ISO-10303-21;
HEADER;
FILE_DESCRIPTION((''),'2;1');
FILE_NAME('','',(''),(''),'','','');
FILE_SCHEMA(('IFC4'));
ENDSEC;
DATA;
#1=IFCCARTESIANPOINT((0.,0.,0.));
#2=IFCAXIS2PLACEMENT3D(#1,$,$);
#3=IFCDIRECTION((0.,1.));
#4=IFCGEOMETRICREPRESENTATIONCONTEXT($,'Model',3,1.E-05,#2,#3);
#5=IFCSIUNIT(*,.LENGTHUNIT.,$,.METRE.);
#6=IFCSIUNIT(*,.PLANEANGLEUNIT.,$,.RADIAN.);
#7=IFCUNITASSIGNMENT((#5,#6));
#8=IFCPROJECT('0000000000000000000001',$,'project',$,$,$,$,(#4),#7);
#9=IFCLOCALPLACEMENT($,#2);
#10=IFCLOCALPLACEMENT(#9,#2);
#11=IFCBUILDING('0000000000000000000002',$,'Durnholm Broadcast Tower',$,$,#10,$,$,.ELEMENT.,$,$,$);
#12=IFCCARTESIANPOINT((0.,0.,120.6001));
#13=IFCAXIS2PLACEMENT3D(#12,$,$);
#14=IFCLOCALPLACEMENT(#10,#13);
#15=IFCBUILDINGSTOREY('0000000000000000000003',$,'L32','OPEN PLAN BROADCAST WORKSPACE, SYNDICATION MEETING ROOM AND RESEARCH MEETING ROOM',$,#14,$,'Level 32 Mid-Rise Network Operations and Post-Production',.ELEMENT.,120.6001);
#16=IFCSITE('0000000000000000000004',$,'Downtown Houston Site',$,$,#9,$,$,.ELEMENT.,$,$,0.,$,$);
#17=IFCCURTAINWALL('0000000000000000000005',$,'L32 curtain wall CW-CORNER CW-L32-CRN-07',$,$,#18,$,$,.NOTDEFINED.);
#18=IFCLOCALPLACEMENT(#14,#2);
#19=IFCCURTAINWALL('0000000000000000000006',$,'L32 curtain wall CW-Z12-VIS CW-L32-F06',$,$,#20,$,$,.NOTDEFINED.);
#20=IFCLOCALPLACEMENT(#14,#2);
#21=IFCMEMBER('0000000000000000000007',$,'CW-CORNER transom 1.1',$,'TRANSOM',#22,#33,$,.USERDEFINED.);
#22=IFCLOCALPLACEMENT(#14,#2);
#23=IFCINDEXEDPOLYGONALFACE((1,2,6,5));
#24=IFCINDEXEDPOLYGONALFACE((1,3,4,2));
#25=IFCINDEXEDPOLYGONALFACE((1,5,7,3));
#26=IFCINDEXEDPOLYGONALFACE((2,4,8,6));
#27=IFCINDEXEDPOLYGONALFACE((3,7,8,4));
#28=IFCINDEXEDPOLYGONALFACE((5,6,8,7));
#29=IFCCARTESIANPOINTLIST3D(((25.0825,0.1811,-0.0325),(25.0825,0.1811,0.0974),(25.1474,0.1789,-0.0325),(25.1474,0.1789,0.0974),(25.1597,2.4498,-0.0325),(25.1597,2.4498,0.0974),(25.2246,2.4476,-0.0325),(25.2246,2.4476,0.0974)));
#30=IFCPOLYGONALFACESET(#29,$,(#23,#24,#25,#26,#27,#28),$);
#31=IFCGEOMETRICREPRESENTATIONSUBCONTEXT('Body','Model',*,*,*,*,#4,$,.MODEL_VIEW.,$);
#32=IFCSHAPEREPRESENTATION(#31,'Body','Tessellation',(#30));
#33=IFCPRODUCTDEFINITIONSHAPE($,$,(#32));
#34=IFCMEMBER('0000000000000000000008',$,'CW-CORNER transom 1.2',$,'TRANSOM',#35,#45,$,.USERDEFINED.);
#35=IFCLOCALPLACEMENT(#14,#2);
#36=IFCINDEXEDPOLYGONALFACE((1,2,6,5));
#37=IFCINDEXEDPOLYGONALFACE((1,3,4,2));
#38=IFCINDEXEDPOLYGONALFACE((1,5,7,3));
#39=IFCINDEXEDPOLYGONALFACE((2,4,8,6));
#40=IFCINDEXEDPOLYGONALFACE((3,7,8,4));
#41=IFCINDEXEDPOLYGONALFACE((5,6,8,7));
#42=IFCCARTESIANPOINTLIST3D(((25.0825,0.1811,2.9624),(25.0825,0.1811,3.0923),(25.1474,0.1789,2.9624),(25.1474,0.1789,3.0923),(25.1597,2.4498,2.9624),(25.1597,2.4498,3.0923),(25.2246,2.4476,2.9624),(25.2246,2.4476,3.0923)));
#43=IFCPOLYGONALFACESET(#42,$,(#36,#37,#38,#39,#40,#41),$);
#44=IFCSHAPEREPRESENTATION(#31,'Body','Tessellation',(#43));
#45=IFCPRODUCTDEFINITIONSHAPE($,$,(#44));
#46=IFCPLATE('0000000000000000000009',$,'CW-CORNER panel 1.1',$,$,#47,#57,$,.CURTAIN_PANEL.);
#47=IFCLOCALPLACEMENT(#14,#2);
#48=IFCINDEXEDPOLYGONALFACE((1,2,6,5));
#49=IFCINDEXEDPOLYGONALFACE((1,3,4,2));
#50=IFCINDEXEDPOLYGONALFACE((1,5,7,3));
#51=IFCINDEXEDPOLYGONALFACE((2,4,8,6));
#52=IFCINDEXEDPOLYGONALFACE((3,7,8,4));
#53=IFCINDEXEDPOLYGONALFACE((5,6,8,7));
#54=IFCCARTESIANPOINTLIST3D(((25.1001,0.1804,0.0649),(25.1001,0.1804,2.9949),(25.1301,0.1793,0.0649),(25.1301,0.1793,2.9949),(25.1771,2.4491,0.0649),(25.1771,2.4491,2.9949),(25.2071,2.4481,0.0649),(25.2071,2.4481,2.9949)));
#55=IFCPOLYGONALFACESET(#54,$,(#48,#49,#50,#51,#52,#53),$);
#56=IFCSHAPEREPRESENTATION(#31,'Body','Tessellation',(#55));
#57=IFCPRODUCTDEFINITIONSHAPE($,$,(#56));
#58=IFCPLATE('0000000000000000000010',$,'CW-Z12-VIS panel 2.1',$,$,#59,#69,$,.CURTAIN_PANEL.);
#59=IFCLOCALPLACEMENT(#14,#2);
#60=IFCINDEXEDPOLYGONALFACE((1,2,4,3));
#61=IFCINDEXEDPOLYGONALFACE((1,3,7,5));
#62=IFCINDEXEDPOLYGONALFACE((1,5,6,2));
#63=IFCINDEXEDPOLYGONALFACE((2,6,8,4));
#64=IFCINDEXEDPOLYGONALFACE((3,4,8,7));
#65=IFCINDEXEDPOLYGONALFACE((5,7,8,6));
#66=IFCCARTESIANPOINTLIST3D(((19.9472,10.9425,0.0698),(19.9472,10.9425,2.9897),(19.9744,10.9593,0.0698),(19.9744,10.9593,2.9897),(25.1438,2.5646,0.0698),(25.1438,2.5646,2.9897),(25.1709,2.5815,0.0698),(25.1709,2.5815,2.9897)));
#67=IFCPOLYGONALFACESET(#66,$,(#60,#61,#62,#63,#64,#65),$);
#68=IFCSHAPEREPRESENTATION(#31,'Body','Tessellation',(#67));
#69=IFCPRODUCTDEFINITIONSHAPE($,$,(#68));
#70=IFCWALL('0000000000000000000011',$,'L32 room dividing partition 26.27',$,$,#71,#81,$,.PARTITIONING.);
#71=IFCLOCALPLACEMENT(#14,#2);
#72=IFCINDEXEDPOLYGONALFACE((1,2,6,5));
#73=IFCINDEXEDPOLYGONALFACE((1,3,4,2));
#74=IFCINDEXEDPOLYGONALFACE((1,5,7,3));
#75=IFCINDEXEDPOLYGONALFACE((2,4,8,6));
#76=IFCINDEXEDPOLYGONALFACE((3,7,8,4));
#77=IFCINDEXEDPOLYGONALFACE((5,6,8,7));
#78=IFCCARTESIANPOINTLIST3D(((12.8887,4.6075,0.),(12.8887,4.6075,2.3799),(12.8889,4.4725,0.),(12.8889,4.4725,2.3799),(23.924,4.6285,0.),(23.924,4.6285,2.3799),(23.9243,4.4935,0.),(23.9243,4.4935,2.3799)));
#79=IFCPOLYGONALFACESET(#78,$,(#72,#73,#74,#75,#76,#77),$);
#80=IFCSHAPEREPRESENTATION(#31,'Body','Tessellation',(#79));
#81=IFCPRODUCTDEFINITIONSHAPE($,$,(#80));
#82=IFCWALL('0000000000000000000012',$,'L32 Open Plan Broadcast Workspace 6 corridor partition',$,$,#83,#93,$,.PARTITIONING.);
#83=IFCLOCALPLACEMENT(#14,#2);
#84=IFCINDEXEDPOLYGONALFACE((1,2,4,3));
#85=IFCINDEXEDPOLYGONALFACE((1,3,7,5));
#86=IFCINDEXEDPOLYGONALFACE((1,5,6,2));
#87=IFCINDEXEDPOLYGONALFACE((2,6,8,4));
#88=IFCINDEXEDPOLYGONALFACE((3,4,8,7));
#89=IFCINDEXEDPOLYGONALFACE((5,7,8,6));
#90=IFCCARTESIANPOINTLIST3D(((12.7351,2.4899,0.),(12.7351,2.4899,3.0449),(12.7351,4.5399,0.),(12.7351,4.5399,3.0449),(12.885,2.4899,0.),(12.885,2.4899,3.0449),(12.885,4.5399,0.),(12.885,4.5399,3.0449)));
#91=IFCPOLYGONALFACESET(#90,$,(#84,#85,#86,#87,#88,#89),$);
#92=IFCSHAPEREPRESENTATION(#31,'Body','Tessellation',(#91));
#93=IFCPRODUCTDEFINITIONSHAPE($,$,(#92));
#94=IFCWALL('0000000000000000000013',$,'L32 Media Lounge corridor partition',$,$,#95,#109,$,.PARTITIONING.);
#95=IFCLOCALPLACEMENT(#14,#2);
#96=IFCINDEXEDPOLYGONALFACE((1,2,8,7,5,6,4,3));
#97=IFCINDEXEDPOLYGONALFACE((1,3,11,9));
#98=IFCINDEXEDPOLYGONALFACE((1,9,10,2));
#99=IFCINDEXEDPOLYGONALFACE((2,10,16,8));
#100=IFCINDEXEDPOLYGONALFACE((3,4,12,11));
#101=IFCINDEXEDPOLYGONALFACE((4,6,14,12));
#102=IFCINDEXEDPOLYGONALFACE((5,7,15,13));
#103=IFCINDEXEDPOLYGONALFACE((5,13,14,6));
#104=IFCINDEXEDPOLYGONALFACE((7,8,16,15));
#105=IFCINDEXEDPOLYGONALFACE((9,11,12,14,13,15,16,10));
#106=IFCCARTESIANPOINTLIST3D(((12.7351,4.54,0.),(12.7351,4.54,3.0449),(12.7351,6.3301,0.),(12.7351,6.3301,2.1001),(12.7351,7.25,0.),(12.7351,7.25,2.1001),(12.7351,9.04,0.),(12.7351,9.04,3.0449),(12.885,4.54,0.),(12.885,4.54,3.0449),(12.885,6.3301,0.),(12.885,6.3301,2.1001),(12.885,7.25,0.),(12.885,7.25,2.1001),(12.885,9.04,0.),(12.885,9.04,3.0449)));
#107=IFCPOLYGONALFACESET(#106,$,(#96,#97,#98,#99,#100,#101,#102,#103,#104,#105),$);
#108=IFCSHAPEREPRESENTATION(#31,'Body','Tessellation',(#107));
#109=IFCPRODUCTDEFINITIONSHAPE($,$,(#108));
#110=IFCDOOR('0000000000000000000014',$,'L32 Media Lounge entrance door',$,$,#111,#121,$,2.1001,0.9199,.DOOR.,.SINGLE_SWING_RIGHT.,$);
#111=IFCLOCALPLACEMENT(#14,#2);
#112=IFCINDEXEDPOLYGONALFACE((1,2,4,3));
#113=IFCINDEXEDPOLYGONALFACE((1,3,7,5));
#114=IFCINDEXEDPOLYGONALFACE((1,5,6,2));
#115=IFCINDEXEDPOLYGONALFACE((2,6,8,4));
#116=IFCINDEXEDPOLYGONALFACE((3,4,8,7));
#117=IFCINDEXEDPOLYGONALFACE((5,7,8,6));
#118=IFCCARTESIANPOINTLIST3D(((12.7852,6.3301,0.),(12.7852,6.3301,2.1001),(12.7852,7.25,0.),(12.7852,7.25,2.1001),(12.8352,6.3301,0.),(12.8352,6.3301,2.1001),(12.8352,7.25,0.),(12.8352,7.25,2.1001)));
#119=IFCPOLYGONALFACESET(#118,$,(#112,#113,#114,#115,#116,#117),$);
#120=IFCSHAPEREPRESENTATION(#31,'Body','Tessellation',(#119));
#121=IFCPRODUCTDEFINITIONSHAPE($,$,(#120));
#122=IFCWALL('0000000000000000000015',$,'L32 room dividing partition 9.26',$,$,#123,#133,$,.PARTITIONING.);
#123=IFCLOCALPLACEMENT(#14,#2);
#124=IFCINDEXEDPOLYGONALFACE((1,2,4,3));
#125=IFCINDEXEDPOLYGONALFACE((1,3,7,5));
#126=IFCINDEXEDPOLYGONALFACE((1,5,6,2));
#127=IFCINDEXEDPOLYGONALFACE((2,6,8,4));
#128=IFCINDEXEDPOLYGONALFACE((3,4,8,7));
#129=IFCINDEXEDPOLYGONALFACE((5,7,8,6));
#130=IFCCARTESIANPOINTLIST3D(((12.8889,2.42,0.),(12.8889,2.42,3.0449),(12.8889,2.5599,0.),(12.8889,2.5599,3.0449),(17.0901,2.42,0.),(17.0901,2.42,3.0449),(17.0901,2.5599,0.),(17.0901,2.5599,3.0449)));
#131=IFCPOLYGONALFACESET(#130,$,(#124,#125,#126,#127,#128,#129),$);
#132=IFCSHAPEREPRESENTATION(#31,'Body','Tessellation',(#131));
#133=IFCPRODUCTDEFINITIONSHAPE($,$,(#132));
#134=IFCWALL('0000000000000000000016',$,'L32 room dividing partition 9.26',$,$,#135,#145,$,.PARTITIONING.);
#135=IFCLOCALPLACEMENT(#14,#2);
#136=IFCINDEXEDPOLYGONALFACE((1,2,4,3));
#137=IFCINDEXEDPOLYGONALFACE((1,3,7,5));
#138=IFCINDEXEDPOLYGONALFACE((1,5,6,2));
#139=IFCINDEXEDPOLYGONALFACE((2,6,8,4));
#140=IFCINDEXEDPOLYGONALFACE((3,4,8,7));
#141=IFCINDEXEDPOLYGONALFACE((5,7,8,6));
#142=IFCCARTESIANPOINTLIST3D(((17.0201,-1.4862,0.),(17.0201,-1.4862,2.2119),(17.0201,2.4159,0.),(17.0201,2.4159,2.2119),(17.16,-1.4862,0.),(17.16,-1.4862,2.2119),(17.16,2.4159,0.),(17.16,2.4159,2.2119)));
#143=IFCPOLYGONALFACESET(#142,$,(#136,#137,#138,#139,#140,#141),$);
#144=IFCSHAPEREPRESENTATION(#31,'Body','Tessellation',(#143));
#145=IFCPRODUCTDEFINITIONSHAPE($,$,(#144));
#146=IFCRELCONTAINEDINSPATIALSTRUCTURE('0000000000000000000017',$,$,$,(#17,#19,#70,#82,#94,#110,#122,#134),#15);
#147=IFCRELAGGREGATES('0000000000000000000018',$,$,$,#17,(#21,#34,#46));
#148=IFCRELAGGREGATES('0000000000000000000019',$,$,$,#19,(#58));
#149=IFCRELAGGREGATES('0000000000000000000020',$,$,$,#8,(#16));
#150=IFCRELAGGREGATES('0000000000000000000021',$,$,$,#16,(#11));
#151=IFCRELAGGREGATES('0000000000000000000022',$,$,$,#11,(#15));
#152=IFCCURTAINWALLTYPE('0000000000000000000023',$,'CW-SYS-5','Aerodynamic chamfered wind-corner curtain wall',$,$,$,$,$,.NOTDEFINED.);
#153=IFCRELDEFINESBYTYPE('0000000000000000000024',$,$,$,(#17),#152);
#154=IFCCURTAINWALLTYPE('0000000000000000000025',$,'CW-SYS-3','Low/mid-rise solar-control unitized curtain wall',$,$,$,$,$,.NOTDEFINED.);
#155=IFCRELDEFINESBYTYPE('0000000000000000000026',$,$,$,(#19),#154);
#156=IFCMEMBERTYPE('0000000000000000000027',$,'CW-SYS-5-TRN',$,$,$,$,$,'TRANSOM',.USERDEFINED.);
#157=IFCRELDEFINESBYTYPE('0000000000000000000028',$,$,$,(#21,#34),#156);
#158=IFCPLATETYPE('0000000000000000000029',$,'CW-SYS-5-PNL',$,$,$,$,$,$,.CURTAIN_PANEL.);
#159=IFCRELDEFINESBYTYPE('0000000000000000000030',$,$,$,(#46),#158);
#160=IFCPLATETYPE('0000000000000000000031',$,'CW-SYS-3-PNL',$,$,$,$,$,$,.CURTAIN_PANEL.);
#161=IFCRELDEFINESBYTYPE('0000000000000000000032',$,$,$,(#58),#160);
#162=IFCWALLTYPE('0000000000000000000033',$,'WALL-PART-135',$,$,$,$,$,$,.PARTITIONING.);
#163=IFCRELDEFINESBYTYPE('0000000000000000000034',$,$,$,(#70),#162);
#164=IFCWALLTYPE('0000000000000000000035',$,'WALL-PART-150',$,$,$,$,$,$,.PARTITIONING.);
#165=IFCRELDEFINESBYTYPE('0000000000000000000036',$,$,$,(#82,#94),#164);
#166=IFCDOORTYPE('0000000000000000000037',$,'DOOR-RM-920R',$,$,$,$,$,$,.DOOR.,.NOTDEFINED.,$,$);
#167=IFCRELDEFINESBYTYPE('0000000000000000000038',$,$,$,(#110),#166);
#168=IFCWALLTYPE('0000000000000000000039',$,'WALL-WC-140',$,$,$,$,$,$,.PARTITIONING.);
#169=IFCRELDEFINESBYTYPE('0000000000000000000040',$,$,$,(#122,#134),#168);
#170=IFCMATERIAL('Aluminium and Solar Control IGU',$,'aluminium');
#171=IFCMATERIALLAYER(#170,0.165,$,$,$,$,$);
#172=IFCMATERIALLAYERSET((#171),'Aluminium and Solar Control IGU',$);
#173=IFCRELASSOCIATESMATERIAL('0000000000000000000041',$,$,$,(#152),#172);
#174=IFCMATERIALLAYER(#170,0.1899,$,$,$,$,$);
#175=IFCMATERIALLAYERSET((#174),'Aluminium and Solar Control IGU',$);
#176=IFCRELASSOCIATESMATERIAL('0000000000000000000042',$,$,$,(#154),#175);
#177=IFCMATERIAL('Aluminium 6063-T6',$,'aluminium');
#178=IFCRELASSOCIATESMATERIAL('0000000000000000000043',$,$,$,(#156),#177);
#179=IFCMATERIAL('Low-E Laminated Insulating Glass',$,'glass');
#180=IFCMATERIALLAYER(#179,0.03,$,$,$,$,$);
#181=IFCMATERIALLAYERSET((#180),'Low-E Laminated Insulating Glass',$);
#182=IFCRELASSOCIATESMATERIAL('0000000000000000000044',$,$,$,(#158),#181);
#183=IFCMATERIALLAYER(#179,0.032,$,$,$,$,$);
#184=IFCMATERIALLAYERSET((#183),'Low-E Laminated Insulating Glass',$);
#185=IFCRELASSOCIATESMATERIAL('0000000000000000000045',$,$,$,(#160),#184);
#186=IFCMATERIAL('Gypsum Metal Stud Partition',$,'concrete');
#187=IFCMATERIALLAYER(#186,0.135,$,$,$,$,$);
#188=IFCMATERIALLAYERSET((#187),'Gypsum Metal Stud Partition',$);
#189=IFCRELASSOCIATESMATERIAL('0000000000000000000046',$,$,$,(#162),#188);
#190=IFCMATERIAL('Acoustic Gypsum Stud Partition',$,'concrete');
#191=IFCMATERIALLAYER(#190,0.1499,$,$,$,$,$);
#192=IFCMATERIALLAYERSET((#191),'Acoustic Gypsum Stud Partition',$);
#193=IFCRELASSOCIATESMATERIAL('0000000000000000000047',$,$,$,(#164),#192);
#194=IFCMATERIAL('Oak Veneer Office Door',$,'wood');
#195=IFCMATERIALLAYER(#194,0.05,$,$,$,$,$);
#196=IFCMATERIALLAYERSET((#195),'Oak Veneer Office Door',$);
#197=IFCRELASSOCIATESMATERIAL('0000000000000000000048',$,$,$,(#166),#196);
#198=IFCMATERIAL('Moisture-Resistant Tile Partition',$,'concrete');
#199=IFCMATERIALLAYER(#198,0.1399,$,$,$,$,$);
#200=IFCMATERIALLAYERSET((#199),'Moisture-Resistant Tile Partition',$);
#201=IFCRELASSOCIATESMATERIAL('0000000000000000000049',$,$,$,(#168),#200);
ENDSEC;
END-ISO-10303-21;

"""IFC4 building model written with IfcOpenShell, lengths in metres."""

from ifc_helpers import new_model, si_unit, direction, frame, frame_2d, origin, origin_2d, place, context, subcontext, project, spatial, rectangle, extrude, source, transform, mapped, material, layer, layer_set, material_profile, profile_set, type_object, type_shapes, element, fill, aggregate, save


model = new_model("IFC4")

# Units and contexts
model_context = context("Model", 3, precision=1e-05, world=origin(), true_north=direction((0.0, 1.0)))
body_context = subcontext(model_context, "Body", "Model", "MODEL_VIEW")
ifc_project = project(units=[si_unit("LENGTHUNIT", "METRE"), si_unit("PLANEANGLEUNIT", "RADIAN")], contexts=[model_context])

# Site, building, storey
site_placement = place(None, origin())
site = spatial("IfcSite", under=ifc_project, at=site_placement, Name="Downtown Houston Site", CompositionType="ELEMENT", RefElevation=0.0)
building_placement = place(site_placement, origin())
building = spatial("IfcBuilding", under=site, at=building_placement, Name="Durnholm Broadcast Tower", CompositionType="ELEMENT")
storey_placement = place(building_placement, frame((0.0, 0.0, 120.6001)))
storey = spatial("IfcBuildingStorey", under=building, at=storey_placement, Name="L32", Description="OPEN PLAN BROADCAST WORKSPACE, SYNDICATION MEETING ROOM AND RESEARCH MEETING ROOM", LongName="Level 32 Mid-Rise Network Operations and Post-Production", CompositionType="ELEMENT", Elevation=120.6001)

# Curtain walls
ifc_material_1 = material(Name="Aluminium and Solar Control IGU", Category="aluminium")
ifc_layer_1 = layer(ifc_material_1, 0.165)
ifc_layer_set_1 = layer_set([ifc_layer_1], Name="Aluminium and Solar Control IGU")
curtain_wall_type_1 = type_object("IfcCurtainWallType", Name="CW-SYS-5", Description="Aerodynamic chamfered wind-corner curtain wall", PredefinedType="NOTDEFINED", material=ifc_layer_set_1)
curtain_wall_1_placement = place(storey_placement, origin())
curtain_wall_1 = element("IfcCurtainWall", 1, at=curtain_wall_1_placement, inside=storey, type_object=curtain_wall_type_1, Name="L32 curtain wall CW-CORNER CW-L32-CRN-07", PredefinedType="NOTDEFINED")
ifc_material_2 = material(Name="Aluminium 6063-T6", Category="aluminium")
ifc_layer_2 = layer(ifc_material_1, 0.1899)
ifc_layer_set_2 = layer_set([ifc_layer_2], Name="Aluminium and Solar Control IGU")
curtain_wall_type_2 = type_object("IfcCurtainWallType", Name="CW-SYS-3", Description="Low/mid-rise solar-control unitized curtain wall", PredefinedType="NOTDEFINED", material=ifc_layer_set_2)
curtain_wall_2_placement = place(storey_placement, origin())
curtain_wall_2 = element("IfcCurtainWall", 2, at=curtain_wall_2_placement, inside=storey, type_object=curtain_wall_type_2, Name="L32 curtain wall CW-Z12-VIS CW-L32-F06", PredefinedType="NOTDEFINED")

# Members
ifc_material_profile_1 = material_profile(ifc_material_2, rectangle(XDim=0.0649, YDim=0.1299, at=origin_2d()), Name="CWT65X130")
ifc_profile_set_1 = profile_set([ifc_material_profile_1], Name="Aluminium 6063-T6")
member_type_1 = type_object("IfcMemberType", Name="CW-SYS-5-TRN", ElementType="TRANSOM", PredefinedType="USERDEFINED", material=ifc_profile_set_1)
shared_shape_1 = source(origin(), body_context, "Body", "SweptSolid", [
    extrude(rectangle(XDim=0.0649, YDim=0.1299, at=origin_2d()), origin(), (0.0, 0.0, 1.0), 2.27),
])
type_shapes(member_type_1, [shared_shape_1])
member_1_placement = place(storey_placement, frame((25.1921, 2.4487, 0.0325), z_axis=(-0.033984, -0.999422, 0.0), x_axis=(0.999422, -0.033984, 0.0)))
member_1 = element("IfcMember", 3, at=member_1_placement, type_object=member_type_1, Name="CW-CORNER transom 1.1", ObjectType="TRANSOM", PredefinedType="USERDEFINED", context=body_context, shape_type="MappedRepresentation", body=[
    mapped(shared_shape_1, transform((0.0, 0.0, 0.0), x_axis=(1.0, 0.0, 0.0), y_axis=(0.0, 1.0, 0.0), z_axis=(0.0, 0.0, 1.0), scale=1.0)),
])
member_2_placement = place(storey_placement, frame((25.1921, 2.4487, 3.0273), z_axis=(-0.033984, -0.999422, 0.0), x_axis=(0.999422, -0.033984, 0.0)))
member_2 = element("IfcMember", 4, at=member_2_placement, type_object=member_type_1, Name="CW-CORNER transom 1.2", ObjectType="TRANSOM", PredefinedType="USERDEFINED", context=body_context, shape_type="MappedRepresentation", body=[
    mapped(shared_shape_1, transform((0.0, 0.0, 0.0), x_axis=(1.0, 0.0, 0.0), y_axis=(0.0, 1.0, 0.0), z_axis=(0.0, 0.0, 1.0), scale=1.0)),
])

# Plates
ifc_material_3 = material(Name="Low-E Laminated Insulating Glass", Category="glass")
ifc_layer_3 = layer(ifc_material_3, 0.03)
ifc_layer_set_3 = layer_set([ifc_layer_3], Name="Low-E Laminated Insulating Glass")
plate_type_1 = type_object("IfcPlateType", Name="CW-SYS-5-PNL", PredefinedType="CURTAIN_PANEL", material=ifc_layer_set_3)
shared_shape_2 = source(origin(), body_context, "Body", "SweptSolid", [
    extrude(rectangle(XDim=2.27, YDim=0.03, at=origin_2d()), origin(), (0.0, 0.0, 1.0), 2.9299),
])
type_shapes(plate_type_1, [shared_shape_2])
plate_1_placement = place(storey_placement, frame((25.1536, 1.3142, 0.0649), z_axis=(0.0, 0.0, 1.0), x_axis=(-0.033917, -0.999425, 0.0)))
plate_1 = element("IfcPlate", 5, at=plate_1_placement, type_object=plate_type_1, Name="CW-CORNER panel 1.1", PredefinedType="CURTAIN_PANEL", context=body_context, shape_type="MappedRepresentation", body=[
    mapped(shared_shape_2, transform((0.0, 0.0, 0.0), x_axis=(1.0, 0.0, 0.0), y_axis=(0.0, 1.0, 0.0), z_axis=(0.0, 0.0, 1.0), scale=1.0)),
])
aggregate(curtain_wall_1, [member_1, member_2, plate_1])
ifc_layer_4 = layer(ifc_material_3, 0.032)
ifc_layer_set_4 = layer_set([ifc_layer_4], Name="Low-E Laminated Insulating Glass")
plate_type_2 = type_object("IfcPlateType", Name="CW-SYS-3-PNL", PredefinedType="CURTAIN_PANEL", material=ifc_layer_set_4)
shared_shape_3 = source(origin(), body_context, "Body", "SweptSolid", [
    extrude(rectangle(XDim=9.8586, YDim=0.032, at=origin_2d()), origin(), (0.0, 0.0, 1.0), 2.9199),
])
type_shapes(plate_type_2, [shared_shape_3])
plate_2_placement = place(storey_placement, frame((22.5591, 6.762, 0.0698), z_axis=(0.0, 0.0, 1.0), x_axis=(0.527105, -0.8498, 0.0)))
plate_2 = element("IfcPlate", 6, at=plate_2_placement, type_object=plate_type_2, Name="CW-Z12-VIS panel 2.1", PredefinedType="CURTAIN_PANEL", context=body_context, shape_type="MappedRepresentation", body=[
    mapped(shared_shape_3, transform((0.0, 0.0, 0.0), x_axis=(1.0, 0.0, 0.0), y_axis=(0.0, 1.0, 0.0), z_axis=(0.0, 0.0, 1.0), scale=1.0)),
])
aggregate(curtain_wall_2, [plate_2])

# Walls
ifc_material_4 = material(Name="Gypsum Metal Stud Partition", Category="concrete")
ifc_layer_5 = layer(ifc_material_4, 0.135)
ifc_layer_set_5 = layer_set([ifc_layer_5], Name="Gypsum Metal Stud Partition")
wall_type_1 = type_object("IfcWallType", Name="WALL-PART-135", PredefinedType="PARTITIONING", material=ifc_layer_set_5)
wall_1_placement = place(storey_placement, frame((12.8889, 4.54, 0.0), z_axis=(0.0, 0.0, 1.0), x_axis=(0.999998, 0.001903, 0.0)))
element("IfcWall", 7, at=wall_1_placement, inside=storey, type_object=wall_type_1, Name="L32 room dividing partition 26.27", PredefinedType="PARTITIONING", context=body_context, shape_type="SweptSolid", body=[
    extrude(rectangle(XDim=11.0354, YDim=0.135, at=frame_2d((5.5176, 0.0))), origin(), (0.0, 0.0, 1.0), 2.3799),
])
ifc_material_5 = material(Name="Acoustic Gypsum Stud Partition", Category="concrete")
ifc_layer_6 = layer(ifc_material_5, 0.1499)
ifc_layer_set_6 = layer_set([ifc_layer_6], Name="Acoustic Gypsum Stud Partition")
wall_type_2 = type_object("IfcWallType", Name="WALL-PART-150", PredefinedType="PARTITIONING", material=ifc_layer_set_6)
wall_2_placement = place(storey_placement, frame((12.8101, 2.49, 0.0), z_axis=(0.0, 0.0, 1.0), x_axis=(0.0, 1.0, 0.0)))
element("IfcWall", 8, at=wall_2_placement, inside=storey, type_object=wall_type_2, Name="L32 Open Plan Broadcast Workspace 6 corridor partition", PredefinedType="PARTITIONING", context=body_context, shape_type="SweptSolid", body=[
    extrude(rectangle(XDim=2.05, YDim=0.1499, at=frame_2d((1.0249, 0.0))), origin(), (0.0, 0.0, 1.0), 3.0449),
])

# Wall, opening, door
wall_3_placement = place(storey_placement, frame((12.8101, 4.54, 0.0), z_axis=(0.0, 0.0, 1.0), x_axis=(0.0, 1.0, 0.0)))
wall_3 = element("IfcWall", 9, at=wall_3_placement, inside=storey, type_object=wall_type_2, Name="L32 Media Lounge corridor partition", PredefinedType="PARTITIONING", context=body_context, shape_type="SweptSolid", body=[
    extrude(rectangle(XDim=4.5, YDim=0.1499, at=frame_2d((2.25, 0.0))), origin(), (0.0, 0.0, 1.0), 3.0449),
])
opening_placement = place(wall_3_placement, frame((1.79, 0.0, 0.0)))
opening = element("IfcOpeningElement", 10, at=opening_placement, cuts=wall_3, PredefinedType="OPENING", context=body_context, shape_type="SweptSolid", body=[
    extrude(rectangle(XDim=0.9199, YDim=2.1001, at=frame_2d((0.46, 1.05))), frame((0.0, 0.085, 0.0), z_axis=(0.0, -1.0, 0.0), x_axis=(1.0, 0.0, 0.0)), (0.0, 0.0, 1.0), 0.1699),
])
ifc_material_6 = material(Name="Oak Veneer Office Door", Category="wood")
ifc_layer_7 = layer(ifc_material_6, 0.05)
ifc_layer_set_7 = layer_set([ifc_layer_7], Name="Oak Veneer Office Door")
door_type = type_object("IfcDoorType", Name="DOOR-RM-920R", OperationType="NOTDEFINED", PredefinedType="DOOR", material=ifc_layer_set_7)
shared_shape_4 = source(origin(), body_context, "Body", "SweptSolid", [
    extrude(rectangle(XDim=0.9199, YDim=2.1001, at=frame_2d((0.46, 1.05))), frame((0.0, 0.0249, 0.0), z_axis=(0.0, -1.0, 0.0), x_axis=(1.0, 0.0, 0.0)), (0.0, 0.0, 1.0), 0.05),
])
type_shapes(door_type, [shared_shape_4])
door_placement = place(opening_placement, origin())
door = element("IfcDoor", 11, at=door_placement, inside=storey, type_object=door_type, Name="L32 Media Lounge entrance door", OperationType="SINGLE_SWING_RIGHT", OverallHeight=2.1001, OverallWidth=0.9199, PredefinedType="DOOR", context=body_context, shape_type="MappedRepresentation", body=[
    mapped(shared_shape_4, transform((0.0, 0.0, 0.0), x_axis=(1.0, 0.0, 0.0), y_axis=(0.0, 1.0, 0.0), z_axis=(0.0, 0.0, 1.0), scale=1.0)),
])
fill(opening, door)

# Walls
ifc_material_7 = material(Name="Moisture-Resistant Tile Partition", Category="concrete")
ifc_layer_8 = layer(ifc_material_7, 0.1399)
ifc_layer_set_8 = layer_set([ifc_layer_8], Name="Moisture-Resistant Tile Partition")
wall_type_3 = type_object("IfcWallType", Name="WALL-WC-140", PredefinedType="PARTITIONING", material=ifc_layer_set_8)
wall_4_placement = place(storey_placement, frame((12.8889, 2.49, 0.0), z_axis=(0.0, 0.0, 1.0), x_axis=(1.0, 0.0, 0.0)))
element("IfcWall", 12, at=wall_4_placement, inside=storey, type_object=wall_type_3, Name="L32 room dividing partition 9.26", PredefinedType="PARTITIONING", context=body_context, shape_type="SweptSolid", body=[
    extrude(rectangle(XDim=4.2012, YDim=0.1399, at=frame_2d((2.1006, 0.0))), origin(), (0.0, 0.0, 1.0), 3.0449),
])
wall_5_placement = place(storey_placement, frame((17.0901, 2.416, 0.0), z_axis=(0.0, 0.0, 1.0), x_axis=(0.0, -1.0, 0.0)))
element("IfcWall", 13, at=wall_5_placement, inside=storey, type_object=wall_type_3, Name="L32 room dividing partition 9.26", PredefinedType="PARTITIONING", context=body_context, shape_type="SweptSolid", body=[
    extrude(rectangle(XDim=3.9021, YDim=0.1399, at=frame_2d((1.9512, 0.0))), origin(), (0.0, 0.0, 1.0), 2.2119),
])

save(model, "model.ifc")
